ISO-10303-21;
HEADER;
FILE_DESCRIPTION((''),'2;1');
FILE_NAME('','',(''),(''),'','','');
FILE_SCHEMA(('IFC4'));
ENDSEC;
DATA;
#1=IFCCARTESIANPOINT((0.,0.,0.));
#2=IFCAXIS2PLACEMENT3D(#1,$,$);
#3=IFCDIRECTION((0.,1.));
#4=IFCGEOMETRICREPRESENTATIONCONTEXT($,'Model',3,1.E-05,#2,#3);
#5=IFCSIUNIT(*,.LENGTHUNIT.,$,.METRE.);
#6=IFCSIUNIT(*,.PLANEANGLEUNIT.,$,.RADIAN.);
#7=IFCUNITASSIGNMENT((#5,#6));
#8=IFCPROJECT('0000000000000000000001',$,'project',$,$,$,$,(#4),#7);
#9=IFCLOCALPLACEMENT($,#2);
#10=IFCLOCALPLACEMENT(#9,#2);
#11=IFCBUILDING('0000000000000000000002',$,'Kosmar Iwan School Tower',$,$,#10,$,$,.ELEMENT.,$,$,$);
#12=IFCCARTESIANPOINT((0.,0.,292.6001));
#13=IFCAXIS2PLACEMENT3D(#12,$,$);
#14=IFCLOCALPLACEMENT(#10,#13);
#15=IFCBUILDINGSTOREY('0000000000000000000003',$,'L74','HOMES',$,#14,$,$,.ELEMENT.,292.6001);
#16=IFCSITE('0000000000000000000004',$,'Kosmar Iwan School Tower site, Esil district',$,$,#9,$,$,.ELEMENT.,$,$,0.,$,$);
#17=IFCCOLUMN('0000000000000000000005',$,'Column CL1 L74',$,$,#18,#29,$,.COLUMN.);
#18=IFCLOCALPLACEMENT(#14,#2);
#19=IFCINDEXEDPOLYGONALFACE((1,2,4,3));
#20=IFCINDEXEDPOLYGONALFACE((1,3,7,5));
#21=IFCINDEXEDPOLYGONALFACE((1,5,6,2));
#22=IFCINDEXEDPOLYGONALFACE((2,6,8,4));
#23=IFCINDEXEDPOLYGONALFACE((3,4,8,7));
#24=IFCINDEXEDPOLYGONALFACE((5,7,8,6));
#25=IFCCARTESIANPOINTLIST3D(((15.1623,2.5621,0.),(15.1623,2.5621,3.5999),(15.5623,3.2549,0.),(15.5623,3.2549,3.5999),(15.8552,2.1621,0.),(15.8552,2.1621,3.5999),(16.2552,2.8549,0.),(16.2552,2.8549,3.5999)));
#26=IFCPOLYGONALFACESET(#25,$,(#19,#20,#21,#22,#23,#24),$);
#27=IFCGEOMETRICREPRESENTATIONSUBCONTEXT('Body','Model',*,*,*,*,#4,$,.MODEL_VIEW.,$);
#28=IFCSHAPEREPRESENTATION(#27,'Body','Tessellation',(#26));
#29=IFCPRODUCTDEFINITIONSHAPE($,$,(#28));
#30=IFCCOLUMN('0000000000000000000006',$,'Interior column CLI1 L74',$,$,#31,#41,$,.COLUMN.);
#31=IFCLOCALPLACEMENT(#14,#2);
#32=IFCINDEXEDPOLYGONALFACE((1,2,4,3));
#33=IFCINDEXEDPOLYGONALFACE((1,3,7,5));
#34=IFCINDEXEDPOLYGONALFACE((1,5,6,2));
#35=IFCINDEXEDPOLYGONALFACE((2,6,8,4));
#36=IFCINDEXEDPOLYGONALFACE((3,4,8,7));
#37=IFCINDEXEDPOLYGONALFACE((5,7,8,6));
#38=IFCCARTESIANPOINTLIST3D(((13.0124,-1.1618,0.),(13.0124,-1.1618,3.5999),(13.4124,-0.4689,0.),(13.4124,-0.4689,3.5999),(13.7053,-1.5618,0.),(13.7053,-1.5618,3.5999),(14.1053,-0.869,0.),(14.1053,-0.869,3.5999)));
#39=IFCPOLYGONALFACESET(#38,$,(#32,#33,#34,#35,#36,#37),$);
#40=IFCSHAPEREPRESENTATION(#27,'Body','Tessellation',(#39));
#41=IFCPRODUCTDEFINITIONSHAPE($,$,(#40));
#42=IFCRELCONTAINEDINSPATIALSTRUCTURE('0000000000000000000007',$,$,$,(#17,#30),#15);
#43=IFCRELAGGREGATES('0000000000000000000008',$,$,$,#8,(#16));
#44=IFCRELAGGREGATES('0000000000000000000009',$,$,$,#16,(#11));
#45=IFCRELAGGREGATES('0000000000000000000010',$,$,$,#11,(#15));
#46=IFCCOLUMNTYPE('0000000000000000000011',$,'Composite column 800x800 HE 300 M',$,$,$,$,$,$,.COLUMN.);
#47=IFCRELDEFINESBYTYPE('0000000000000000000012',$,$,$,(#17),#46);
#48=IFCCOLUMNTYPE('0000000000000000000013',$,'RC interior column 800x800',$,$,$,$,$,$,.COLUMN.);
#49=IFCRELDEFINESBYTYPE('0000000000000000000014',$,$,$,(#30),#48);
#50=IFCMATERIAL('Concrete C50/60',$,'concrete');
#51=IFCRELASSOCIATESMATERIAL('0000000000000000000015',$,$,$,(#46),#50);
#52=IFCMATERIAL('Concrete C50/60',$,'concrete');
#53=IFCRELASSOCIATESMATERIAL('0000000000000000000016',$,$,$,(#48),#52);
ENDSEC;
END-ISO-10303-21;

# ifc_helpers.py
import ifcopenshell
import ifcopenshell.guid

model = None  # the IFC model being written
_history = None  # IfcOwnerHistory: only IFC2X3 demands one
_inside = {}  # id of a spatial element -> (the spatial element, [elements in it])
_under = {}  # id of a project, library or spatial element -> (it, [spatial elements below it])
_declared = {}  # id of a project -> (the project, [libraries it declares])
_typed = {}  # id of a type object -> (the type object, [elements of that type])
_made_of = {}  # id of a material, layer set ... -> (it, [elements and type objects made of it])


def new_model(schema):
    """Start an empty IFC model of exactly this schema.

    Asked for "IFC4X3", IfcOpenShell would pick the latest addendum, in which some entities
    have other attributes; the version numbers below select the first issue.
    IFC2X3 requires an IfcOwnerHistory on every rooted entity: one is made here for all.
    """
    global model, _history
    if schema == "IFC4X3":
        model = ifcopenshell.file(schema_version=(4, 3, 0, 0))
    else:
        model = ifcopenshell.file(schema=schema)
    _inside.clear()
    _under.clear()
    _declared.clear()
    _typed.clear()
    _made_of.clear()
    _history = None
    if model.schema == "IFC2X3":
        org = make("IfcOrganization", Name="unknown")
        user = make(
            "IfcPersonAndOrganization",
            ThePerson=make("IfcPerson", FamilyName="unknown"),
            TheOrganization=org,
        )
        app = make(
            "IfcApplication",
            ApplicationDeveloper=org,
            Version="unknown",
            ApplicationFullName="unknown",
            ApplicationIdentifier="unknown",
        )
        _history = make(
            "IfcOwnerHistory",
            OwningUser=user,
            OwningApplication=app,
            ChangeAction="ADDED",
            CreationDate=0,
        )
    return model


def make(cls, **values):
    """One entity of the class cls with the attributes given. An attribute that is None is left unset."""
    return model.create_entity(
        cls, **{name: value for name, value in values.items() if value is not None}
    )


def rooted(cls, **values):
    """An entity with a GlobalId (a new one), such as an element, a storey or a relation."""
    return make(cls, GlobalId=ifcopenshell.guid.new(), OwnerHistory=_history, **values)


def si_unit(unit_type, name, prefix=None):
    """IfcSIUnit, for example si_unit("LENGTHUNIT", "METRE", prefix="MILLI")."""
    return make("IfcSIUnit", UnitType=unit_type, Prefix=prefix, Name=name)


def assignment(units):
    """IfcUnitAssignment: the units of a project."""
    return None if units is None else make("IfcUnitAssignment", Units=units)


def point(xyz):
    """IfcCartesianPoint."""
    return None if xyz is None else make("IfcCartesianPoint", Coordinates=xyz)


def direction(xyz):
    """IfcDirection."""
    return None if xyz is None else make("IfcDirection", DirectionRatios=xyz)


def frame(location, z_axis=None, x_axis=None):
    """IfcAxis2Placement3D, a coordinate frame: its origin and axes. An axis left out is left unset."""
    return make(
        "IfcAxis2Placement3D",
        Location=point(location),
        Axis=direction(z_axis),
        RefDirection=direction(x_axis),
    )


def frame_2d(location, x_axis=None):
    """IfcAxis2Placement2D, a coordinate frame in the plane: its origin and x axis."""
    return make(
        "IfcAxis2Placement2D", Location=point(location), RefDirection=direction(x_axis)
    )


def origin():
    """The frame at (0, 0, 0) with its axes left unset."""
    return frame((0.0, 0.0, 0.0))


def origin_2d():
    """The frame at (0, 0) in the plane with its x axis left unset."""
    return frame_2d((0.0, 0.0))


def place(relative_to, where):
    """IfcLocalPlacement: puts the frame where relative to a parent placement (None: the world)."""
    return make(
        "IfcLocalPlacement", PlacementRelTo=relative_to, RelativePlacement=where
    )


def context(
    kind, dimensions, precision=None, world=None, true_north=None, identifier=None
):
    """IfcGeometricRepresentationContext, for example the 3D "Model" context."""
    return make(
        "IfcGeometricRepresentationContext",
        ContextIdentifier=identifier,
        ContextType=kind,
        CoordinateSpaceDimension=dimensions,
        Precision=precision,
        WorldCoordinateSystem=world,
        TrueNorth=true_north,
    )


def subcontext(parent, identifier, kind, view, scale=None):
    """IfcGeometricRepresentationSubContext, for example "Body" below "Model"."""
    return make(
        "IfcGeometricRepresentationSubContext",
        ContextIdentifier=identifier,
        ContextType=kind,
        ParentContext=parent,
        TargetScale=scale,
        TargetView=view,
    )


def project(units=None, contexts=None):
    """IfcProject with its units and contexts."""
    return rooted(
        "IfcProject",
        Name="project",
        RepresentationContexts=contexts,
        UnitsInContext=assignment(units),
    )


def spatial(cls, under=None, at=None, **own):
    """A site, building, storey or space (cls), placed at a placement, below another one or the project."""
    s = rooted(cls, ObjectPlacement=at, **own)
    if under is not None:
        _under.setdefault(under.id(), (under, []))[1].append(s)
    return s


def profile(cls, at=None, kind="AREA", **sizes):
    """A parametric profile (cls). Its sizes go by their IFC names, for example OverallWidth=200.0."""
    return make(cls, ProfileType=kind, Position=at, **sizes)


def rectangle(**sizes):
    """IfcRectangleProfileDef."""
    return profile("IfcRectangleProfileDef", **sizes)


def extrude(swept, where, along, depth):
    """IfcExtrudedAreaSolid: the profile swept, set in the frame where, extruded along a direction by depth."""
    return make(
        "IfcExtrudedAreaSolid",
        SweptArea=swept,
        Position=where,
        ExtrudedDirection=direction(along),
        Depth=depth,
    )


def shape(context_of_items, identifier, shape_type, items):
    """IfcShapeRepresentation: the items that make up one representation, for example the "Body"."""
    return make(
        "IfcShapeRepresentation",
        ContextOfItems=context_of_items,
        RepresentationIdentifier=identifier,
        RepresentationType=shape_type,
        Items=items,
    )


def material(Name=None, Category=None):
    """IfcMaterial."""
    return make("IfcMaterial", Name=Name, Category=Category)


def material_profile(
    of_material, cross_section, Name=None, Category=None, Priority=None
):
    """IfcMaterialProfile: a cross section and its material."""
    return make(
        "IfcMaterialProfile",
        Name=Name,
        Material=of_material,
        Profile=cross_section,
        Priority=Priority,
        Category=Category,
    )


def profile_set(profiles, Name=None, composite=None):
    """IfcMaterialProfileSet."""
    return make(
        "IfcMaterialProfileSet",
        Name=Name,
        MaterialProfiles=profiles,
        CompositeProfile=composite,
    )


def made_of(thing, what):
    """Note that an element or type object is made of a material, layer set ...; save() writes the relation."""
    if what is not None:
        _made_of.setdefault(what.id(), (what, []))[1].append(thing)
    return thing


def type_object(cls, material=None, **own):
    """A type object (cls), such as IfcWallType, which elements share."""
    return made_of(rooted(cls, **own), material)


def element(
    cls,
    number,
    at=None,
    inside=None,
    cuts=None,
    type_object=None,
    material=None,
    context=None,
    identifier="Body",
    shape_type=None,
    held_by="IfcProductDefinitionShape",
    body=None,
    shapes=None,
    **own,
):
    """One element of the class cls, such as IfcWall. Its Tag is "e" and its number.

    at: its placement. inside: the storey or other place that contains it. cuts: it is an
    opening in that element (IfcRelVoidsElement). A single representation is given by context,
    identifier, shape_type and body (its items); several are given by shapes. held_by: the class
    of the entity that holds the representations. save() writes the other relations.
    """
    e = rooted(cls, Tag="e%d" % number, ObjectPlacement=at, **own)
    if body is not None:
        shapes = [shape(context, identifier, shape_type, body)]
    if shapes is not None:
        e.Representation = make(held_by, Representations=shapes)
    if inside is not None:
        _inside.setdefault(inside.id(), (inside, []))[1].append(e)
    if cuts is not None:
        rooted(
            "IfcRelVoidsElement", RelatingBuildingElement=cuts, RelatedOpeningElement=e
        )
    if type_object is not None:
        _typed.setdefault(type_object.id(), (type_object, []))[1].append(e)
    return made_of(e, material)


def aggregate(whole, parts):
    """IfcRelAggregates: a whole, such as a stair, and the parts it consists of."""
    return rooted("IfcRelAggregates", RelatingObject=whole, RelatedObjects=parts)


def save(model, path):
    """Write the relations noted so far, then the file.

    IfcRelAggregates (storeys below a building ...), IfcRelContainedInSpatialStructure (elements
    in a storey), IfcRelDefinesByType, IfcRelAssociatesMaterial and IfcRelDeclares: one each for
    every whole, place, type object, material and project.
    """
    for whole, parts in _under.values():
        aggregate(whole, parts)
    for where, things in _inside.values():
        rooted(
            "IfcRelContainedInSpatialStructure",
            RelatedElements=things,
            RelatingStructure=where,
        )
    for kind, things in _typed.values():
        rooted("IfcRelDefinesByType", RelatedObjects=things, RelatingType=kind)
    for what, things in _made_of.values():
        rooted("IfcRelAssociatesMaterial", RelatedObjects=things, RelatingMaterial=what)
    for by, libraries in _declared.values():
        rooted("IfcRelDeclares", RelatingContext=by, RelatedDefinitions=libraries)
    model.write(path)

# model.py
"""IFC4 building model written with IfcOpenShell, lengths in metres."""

from ifc_helpers import new_model, si_unit, direction, frame, origin, origin_2d, place, context, subcontext, project, spatial, rectangle, extrude, material, material_profile, profile_set, type_object, element, save


model = new_model("IFC4")

# Units and contexts
model_context = context("Model", 3, precision=1e-05, world=origin(), true_north=direction((0.0, 1.0)))
body_context = subcontext(model_context, "Body", "Model", "MODEL_VIEW")
ifc_project = project(units=[si_unit("LENGTHUNIT", "METRE"), si_unit("PLANEANGLEUNIT", "RADIAN")], contexts=[model_context])

# Site, building, storey
site_placement = place(None, origin())
site = spatial("IfcSite", under=ifc_project, at=site_placement, Name="Kosmar Iwan School Tower site, Esil district", CompositionType="ELEMENT", RefElevation=0.0)
building_placement = place(site_placement, origin())
building = spatial("IfcBuilding", under=site, at=building_placement, Name="Kosmar Iwan School Tower", CompositionType="ELEMENT")
storey_placement = place(building_placement, frame((0.0, 0.0, 292.6001)))
storey = spatial("IfcBuildingStorey", under=building, at=storey_placement, Name="L74", Description="HOMES", CompositionType="ELEMENT", Elevation=292.6001)

# Columns
ifc_material_1 = material(Name="Concrete C50/60", Category="concrete")
ifc_material_profile_1 = material_profile(ifc_material_1, rectangle(XDim=0.8, YDim=0.8, at=origin_2d()), Name="RC 800x800 + HE 300 M")
ifc_profile_set_1 = profile_set([ifc_material_profile_1], Name="Concrete C50/60")
column_type_1 = type_object("IfcColumnType", Name="Composite column 800x800 HE 300 M", PredefinedType="COLUMN", material=ifc_profile_set_1)
column_1_placement = place(storey_placement, frame((15.7087, 2.7085, 0.0), z_axis=(0.0, 0.0, 1.0), x_axis=(0.866025, -0.5, 0.0)))
element("IfcColumn", 1, at=column_1_placement, inside=storey, type_object=column_type_1, Name="Column CL1 L74", PredefinedType="COLUMN", context=body_context, shape_type="SweptSolid", body=[
    extrude(rectangle(XDim=0.8, YDim=0.8, at=origin_2d()), origin(), (0.0, 0.0, 1.0), 3.5999),
])
ifc_material_2 = material(Name="Concrete C50/60", Category="concrete")
ifc_material_profile_2 = material_profile(ifc_material_2, rectangle(XDim=0.8, YDim=0.8, at=origin_2d()), Name="RC 800x800")
ifc_profile_set_2 = profile_set([ifc_material_profile_2], Name="Concrete C50/60")
column_type_2 = type_object("IfcColumnType", Name="RC interior column 800x800", PredefinedType="COLUMN", material=ifc_profile_set_2)
column_2_placement = place(storey_placement, frame((13.5588, -1.0154, 0.0), z_axis=(0.0, 0.0, 1.0), x_axis=(0.866025, -0.5, 0.0)))
element("IfcColumn", 2, at=column_2_placement, inside=storey, type_object=column_type_2, Name="Interior column CLI1 L74", PredefinedType="COLUMN", context=body_context, shape_type="SweptSolid", body=[
    extrude(rectangle(XDim=0.8, YDim=0.8, at=origin_2d()), origin(), (0.0, 0.0, 1.0), 3.5999),
])

save(model, "model.ifc")
